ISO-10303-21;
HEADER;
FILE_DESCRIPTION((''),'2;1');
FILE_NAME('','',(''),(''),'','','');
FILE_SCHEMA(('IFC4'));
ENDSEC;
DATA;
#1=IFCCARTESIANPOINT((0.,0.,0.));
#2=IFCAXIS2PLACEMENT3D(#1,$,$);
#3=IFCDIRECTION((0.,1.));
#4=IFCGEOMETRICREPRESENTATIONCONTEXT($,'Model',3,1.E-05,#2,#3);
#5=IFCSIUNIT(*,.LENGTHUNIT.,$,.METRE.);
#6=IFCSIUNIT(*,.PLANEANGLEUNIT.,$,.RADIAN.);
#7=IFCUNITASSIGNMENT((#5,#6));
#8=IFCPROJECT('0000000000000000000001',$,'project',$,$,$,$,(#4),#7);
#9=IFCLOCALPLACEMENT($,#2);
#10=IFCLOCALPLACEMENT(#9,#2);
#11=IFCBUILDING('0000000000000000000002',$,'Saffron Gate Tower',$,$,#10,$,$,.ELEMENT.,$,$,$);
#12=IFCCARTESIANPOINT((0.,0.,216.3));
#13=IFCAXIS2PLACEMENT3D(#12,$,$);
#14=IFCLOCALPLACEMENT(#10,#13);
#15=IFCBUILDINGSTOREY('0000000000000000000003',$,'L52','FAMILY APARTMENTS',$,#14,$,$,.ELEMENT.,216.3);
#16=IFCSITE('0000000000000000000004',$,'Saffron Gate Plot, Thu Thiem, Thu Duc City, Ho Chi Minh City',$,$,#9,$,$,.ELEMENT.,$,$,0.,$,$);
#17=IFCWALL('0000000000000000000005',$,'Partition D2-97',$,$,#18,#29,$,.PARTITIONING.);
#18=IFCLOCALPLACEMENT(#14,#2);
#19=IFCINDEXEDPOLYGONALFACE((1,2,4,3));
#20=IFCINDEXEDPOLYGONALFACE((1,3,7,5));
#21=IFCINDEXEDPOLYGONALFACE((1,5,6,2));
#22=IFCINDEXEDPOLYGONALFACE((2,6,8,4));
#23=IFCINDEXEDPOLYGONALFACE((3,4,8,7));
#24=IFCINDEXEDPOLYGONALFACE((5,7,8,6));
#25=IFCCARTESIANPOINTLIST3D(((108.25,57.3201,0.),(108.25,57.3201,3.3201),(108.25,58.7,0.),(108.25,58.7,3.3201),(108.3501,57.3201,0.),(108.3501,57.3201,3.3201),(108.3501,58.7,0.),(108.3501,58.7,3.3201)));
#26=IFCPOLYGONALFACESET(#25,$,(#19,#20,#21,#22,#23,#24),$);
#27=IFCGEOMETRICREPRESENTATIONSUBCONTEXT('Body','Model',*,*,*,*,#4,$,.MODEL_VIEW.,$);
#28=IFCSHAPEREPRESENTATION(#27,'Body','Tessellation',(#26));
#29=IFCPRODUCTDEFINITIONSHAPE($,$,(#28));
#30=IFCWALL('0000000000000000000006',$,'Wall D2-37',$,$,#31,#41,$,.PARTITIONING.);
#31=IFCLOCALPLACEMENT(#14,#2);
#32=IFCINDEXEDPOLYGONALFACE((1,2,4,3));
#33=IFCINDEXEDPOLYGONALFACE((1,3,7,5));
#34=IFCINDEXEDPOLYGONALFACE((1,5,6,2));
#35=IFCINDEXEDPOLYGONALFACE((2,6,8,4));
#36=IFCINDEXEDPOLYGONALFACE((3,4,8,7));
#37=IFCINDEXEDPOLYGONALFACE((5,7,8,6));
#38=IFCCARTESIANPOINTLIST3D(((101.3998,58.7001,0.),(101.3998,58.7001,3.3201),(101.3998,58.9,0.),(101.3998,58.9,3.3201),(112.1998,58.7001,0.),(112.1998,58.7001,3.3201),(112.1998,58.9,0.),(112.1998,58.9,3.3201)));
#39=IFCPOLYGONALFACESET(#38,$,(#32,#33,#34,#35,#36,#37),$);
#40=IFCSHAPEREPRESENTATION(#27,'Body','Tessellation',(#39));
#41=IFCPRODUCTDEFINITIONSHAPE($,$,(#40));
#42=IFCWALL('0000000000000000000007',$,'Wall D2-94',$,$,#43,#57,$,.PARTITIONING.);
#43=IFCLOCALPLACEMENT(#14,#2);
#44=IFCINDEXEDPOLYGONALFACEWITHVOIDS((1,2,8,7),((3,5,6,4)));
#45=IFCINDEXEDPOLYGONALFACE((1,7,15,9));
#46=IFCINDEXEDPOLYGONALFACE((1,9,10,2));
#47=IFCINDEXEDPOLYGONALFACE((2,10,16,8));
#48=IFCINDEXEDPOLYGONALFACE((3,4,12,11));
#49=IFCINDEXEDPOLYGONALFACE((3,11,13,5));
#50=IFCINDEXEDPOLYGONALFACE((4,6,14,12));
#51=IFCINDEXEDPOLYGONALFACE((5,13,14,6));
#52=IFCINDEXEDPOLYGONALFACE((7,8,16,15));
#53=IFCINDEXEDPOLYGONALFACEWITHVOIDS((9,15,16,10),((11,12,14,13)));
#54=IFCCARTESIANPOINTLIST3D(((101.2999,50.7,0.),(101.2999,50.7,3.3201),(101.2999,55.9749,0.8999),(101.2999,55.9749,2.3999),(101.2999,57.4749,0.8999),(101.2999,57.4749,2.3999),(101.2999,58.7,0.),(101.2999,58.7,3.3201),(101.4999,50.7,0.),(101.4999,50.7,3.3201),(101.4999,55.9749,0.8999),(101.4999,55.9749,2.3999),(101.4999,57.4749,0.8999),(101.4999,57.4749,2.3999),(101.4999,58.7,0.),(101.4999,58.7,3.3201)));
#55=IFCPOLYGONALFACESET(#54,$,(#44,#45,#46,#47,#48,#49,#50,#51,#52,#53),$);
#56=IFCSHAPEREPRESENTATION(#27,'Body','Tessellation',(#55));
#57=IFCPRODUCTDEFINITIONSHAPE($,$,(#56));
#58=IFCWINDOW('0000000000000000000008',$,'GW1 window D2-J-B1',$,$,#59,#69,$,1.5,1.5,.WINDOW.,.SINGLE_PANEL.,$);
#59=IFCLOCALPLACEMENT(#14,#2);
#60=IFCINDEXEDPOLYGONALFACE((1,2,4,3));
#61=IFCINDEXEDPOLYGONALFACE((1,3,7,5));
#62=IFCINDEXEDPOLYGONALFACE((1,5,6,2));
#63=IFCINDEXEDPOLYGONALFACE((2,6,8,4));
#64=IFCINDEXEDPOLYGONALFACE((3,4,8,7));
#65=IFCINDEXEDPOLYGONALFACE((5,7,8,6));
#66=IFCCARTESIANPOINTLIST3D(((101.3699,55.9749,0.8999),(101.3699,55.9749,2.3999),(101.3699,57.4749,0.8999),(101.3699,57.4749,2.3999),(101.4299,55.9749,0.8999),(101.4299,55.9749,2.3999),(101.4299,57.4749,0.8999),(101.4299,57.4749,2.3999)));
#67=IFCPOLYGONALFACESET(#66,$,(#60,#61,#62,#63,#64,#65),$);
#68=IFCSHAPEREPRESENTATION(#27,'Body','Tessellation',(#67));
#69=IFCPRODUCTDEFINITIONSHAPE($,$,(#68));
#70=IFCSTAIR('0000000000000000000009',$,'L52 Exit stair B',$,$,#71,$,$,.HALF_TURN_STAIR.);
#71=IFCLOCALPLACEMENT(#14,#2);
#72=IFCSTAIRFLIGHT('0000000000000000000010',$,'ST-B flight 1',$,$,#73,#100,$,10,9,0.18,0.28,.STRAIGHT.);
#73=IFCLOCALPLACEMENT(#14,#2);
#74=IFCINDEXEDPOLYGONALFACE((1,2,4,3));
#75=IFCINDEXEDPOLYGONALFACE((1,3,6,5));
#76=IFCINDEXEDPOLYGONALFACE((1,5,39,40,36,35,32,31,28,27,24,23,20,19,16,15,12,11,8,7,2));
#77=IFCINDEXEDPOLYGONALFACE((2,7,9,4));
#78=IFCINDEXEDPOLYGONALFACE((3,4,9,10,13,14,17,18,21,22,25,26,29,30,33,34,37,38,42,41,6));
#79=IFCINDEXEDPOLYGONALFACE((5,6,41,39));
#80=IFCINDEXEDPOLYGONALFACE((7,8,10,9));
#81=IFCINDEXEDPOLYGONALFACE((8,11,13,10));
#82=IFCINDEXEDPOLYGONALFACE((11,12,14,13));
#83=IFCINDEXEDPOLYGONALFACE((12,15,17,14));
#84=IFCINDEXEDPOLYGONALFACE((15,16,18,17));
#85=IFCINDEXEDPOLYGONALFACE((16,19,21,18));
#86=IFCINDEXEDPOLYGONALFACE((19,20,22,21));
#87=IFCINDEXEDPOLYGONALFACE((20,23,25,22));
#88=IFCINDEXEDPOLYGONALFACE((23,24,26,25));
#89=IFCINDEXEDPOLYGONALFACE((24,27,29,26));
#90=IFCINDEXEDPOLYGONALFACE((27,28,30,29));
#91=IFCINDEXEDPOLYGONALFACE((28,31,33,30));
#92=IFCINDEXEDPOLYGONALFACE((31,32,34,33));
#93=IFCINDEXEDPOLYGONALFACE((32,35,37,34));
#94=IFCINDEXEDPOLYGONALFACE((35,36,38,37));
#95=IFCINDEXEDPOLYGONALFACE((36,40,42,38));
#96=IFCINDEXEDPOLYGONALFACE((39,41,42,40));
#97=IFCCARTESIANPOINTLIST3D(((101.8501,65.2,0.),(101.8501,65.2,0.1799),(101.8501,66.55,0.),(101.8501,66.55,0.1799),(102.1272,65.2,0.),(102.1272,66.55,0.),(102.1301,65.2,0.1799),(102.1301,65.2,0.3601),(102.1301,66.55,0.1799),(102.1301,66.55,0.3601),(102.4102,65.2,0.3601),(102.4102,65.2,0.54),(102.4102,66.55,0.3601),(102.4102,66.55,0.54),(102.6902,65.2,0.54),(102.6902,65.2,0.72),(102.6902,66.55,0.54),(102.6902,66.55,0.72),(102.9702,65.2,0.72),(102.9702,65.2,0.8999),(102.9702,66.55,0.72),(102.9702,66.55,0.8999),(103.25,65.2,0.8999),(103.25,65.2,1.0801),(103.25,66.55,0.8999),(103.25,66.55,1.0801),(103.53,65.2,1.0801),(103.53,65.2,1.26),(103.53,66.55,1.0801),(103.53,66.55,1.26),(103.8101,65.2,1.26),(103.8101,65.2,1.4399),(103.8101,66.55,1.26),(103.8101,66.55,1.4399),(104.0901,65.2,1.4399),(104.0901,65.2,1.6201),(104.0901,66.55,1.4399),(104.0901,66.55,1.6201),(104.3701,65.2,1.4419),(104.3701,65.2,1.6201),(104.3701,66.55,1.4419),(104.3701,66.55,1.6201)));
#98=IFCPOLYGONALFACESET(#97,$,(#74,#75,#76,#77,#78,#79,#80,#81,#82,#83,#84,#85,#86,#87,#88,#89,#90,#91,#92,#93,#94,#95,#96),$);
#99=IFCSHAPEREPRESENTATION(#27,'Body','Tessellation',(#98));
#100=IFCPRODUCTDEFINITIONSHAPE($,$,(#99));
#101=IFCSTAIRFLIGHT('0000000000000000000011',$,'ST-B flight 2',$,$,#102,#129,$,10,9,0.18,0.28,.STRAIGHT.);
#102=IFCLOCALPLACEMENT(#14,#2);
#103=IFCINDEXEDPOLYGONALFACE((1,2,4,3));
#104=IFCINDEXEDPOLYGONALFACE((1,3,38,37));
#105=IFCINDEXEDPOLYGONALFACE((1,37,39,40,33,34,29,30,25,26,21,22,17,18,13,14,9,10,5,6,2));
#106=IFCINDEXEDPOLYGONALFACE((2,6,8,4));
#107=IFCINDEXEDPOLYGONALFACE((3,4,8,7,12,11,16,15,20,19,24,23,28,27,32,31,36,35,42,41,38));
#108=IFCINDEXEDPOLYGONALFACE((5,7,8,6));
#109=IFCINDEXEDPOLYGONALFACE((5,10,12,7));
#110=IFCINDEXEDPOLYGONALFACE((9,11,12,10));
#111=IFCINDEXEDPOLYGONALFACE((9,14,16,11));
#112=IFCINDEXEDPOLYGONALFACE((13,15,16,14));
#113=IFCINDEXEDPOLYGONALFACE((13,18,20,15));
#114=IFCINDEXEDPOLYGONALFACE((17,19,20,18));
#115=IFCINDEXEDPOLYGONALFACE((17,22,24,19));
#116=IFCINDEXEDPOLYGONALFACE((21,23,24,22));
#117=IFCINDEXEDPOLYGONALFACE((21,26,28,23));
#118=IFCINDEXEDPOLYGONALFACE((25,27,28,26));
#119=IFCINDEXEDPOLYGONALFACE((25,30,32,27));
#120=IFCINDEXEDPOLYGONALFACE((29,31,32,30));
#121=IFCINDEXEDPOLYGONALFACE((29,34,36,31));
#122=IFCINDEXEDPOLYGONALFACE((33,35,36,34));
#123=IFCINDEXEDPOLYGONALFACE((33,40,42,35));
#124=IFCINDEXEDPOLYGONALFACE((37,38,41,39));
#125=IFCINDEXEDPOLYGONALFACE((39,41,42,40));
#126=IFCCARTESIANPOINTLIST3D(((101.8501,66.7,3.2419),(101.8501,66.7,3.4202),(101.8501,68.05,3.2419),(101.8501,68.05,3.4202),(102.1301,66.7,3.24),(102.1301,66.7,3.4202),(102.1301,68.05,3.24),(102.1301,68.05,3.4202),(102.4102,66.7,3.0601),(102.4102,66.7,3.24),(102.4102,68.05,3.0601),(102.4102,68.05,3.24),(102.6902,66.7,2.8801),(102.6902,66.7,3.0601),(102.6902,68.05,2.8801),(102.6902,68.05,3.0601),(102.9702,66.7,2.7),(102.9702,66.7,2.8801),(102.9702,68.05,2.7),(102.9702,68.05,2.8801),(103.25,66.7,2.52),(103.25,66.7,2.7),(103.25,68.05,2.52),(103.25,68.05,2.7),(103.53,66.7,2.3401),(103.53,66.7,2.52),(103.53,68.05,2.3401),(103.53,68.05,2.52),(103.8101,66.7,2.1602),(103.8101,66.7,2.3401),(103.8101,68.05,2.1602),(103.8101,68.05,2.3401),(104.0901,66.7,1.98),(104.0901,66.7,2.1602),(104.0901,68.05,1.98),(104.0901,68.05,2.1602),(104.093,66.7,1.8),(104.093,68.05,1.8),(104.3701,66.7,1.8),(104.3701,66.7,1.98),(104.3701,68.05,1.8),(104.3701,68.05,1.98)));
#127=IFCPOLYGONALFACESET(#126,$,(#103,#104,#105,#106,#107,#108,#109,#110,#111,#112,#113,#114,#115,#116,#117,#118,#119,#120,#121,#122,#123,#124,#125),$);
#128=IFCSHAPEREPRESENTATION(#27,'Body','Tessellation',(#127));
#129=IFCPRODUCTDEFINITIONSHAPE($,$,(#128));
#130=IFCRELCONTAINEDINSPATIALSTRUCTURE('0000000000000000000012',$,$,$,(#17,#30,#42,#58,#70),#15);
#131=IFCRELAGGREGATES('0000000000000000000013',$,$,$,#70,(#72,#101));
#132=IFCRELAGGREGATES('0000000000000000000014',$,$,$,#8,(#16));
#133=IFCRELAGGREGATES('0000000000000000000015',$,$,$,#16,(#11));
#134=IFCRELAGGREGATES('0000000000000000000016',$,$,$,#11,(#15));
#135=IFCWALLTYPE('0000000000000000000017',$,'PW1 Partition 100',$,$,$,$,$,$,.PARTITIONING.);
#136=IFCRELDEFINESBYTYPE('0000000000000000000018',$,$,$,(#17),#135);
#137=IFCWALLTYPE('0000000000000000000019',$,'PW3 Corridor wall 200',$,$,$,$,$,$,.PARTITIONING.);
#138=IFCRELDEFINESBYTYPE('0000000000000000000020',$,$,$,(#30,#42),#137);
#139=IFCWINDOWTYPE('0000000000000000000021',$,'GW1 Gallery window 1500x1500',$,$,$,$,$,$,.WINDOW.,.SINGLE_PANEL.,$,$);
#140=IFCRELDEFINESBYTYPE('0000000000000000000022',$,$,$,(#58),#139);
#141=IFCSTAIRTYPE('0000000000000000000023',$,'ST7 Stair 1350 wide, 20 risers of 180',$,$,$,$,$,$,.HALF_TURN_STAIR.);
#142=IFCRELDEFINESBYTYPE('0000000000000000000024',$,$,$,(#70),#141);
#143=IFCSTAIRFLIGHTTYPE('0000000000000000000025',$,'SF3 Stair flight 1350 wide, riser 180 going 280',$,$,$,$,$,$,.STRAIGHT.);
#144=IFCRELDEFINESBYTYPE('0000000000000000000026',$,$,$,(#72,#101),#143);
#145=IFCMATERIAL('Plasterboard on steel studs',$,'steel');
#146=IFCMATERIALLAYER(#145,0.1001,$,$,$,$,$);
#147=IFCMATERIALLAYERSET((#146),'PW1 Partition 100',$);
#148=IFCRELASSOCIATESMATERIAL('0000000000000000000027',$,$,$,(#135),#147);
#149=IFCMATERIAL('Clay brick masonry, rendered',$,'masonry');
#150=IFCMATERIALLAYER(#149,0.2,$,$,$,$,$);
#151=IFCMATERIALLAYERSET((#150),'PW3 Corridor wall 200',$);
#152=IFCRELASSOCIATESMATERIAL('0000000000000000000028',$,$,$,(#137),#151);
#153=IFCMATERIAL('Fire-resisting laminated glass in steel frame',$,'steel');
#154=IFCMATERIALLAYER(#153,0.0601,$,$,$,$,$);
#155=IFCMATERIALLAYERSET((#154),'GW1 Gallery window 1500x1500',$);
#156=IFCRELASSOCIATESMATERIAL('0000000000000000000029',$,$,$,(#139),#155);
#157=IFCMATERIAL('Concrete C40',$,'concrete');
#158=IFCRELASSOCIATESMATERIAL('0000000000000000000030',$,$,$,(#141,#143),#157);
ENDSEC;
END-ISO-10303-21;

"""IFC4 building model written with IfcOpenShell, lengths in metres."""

from ifc_helpers import new_model, si_unit, direction, frame, frame_2d, origin, place, context, subcontext, project, spatial, polyline, rectangle, outline, extrude, material, layer, layer_set, type_object, element, fill, aggregate, save


model = new_model("IFC4")

# Units and contexts
model_context = context("Model", 3, precision=1e-05, world=origin(), true_north=direction((0.0, 1.0)))
body_context = subcontext(model_context, "Body", "Model", "MODEL_VIEW")
ifc_project = project(units=[si_unit("LENGTHUNIT", "METRE"), si_unit("PLANEANGLEUNIT", "RADIAN")], contexts=[model_context])

# Site, building, storey
site_placement = place(None, origin())
site = spatial("IfcSite", under=ifc_project, at=site_placement, Name="Saffron Gate Plot, Thu Thiem, Thu Duc City, Ho Chi Minh City", CompositionType="ELEMENT", RefElevation=0.0)
building_placement = place(site_placement, origin())
building = spatial("IfcBuilding", under=site, at=building_placement, Name="Saffron Gate Tower", CompositionType="ELEMENT")
storey_placement = place(building_placement, frame((0.0, 0.0, 216.3)))
storey = spatial("IfcBuildingStorey", under=building, at=storey_placement, Name="L52", Description="FAMILY APARTMENTS", CompositionType="ELEMENT", Elevation=216.3)

# Shared definitions
ifc_material_1 = material(Name="Plasterboard on steel studs", Category="steel")
ifc_layer_1 = layer(ifc_material_1, 0.1001)
ifc_layer_set_1 = layer_set([ifc_layer_1], Name="PW1 Partition 100")
wall_type_1 = type_object("IfcWallType", Name="PW1 Partition 100", PredefinedType="PARTITIONING", material=ifc_layer_set_1)

# Walls
wall_1_placement = place(storey_placement, frame((108.3, 58.7, 0.0), z_axis=(0.0, 0.0, 1.0), x_axis=(0.0, -1.0, 0.0)))
element("IfcWall", 1, at=wall_1_placement, inside=storey, type_object=wall_type_1, Name="Partition D2-97", PredefinedType="PARTITIONING", context=body_context, shape_type="SweptSolid", body=[
    extrude(rectangle(XDim=1.3799, YDim=0.1001, at=frame_2d((0.6899, 0.0))), origin(), (0.0, 0.0, 1.0), 3.3201),
])
ifc_material_2 = material(Name="Clay brick masonry, rendered", Category="masonry")
ifc_layer_2 = layer(ifc_material_2, 0.2)
ifc_layer_set_2 = layer_set([ifc_layer_2], Name="PW3 Corridor wall 200")
wall_type_2 = type_object("IfcWallType", Name="PW3 Corridor wall 200", PredefinedType="PARTITIONING", material=ifc_layer_set_2)
wall_2_placement = place(storey_placement, frame((101.3999, 58.8, 0.0), z_axis=(0.0, 0.0, 1.0), x_axis=(1.0, 0.0, 0.0)))
element("IfcWall", 2, at=wall_2_placement, inside=storey, type_object=wall_type_2, Name="Wall D2-37", PredefinedType="PARTITIONING", context=body_context, shape_type="SweptSolid", body=[
    extrude(rectangle(XDim=10.8, YDim=0.2, at=frame_2d((5.3999, 0.0))), origin(), (0.0, 0.0, 1.0), 3.3201),
])

# Wall, opening, window
wall_3_placement = place(storey_placement, frame((101.3999, 58.7, 0.0), z_axis=(0.0, 0.0, 1.0), x_axis=(0.0, -1.0, 0.0)))
wall_3 = element("IfcWall", 3, at=wall_3_placement, inside=storey, type_object=wall_type_2, Name="Wall D2-94", PredefinedType="PARTITIONING", context=body_context, shape_type="SweptSolid", body=[
    extrude(rectangle(XDim=8.0, YDim=0.2, at=frame_2d((4.0, 0.0))), origin(), (0.0, 0.0, 1.0), 3.3201),
])
opening_1_placement = place(wall_3_placement, frame((1.2251, 0.0, 0.8999)))
opening_1 = element("IfcOpeningElement", 4, at=opening_1_placement, cuts=wall_3, PredefinedType="OPENING", context=body_context, shape_type="SweptSolid", body=[
    extrude(rectangle(XDim=1.5, YDim=1.5, at=frame_2d((0.75, 0.75))), frame((0.0, 0.1099, 0.0), z_axis=(0.0, -1.0, 0.0), x_axis=(1.0, 0.0, 0.0)), (0.0, 0.0, 1.0), 0.22),
])
ifc_material_3 = material(Name="Fire-resisting laminated glass in steel frame", Category="steel")
ifc_layer_3 = layer(ifc_material_3, 0.0601)
ifc_layer_set_3 = layer_set([ifc_layer_3], Name="GW1 Gallery window 1500x1500")
window_type = type_object("IfcWindowType", Name="GW1 Gallery window 1500x1500", PartitioningType="SINGLE_PANEL", PredefinedType="WINDOW", material=ifc_layer_set_3)
window_placement = place(opening_1_placement, origin())
window = element("IfcWindow", 5, at=window_placement, inside=storey, type_object=window_type, Name="GW1 window D2-J-B1", OverallHeight=1.5, OverallWidth=1.5, PartitioningType="SINGLE_PANEL", PredefinedType="WINDOW", context=body_context, shape_type="SweptSolid", body=[
    extrude(rectangle(XDim=1.5, YDim=1.5, at=frame_2d((0.75, 0.75))), frame((0.0, 0.03, 0.0), z_axis=(0.0, -1.0, 0.0), x_axis=(1.0, 0.0, 0.0)), (0.0, 0.0, 1.0), 0.0601),
])
fill(opening_1, window)

# Stair, stair flights
ifc_material_4 = material(Name="Concrete C40", Category="concrete")
stair_type = type_object("IfcStairType", Name="ST7 Stair 1350 wide, 20 risers of 180", PredefinedType="HALF_TURN_STAIR", material=ifc_material_4)
stair_placement = place(storey_placement, origin())
stair = element("IfcStair", 6, at=stair_placement, inside=storey, type_object=stair_type, Name="L52 Exit stair B", PredefinedType="HALF_TURN_STAIR")
stair_flight_type = type_object("IfcStairFlightType", Name="SF3 Stair flight 1350 wide, riser 180 going 280", PredefinedType="STRAIGHT", material=ifc_material_4)
stair_flight_1_placement = place(storey_placement, frame((101.8501, 65.875, 0.0), z_axis=(0.0, 0.0, 1.0), x_axis=(1.0, 0.0, 0.0)))
stair_flight_1 = element("IfcStairFlight", 7, at=stair_flight_1_placement, type_object=stair_flight_type, Name="ST-B flight 1", NumberOfRisers=10, NumberOfTreads=9, PredefinedType="STRAIGHT", RiserHeight=0.18, TreadLength=0.28, context=body_context, shape_type="SweptSolid", body=[
    extrude(outline(polyline([(0.0, 0.0), (0.0, 0.1799), (0.28, 0.1799), (0.28, 0.3601), (0.5601, 0.3601), (0.5601, 0.54), (0.8401, 0.54), (0.8401, 0.72), (1.1201, 0.72), (1.1201, 0.8999), (1.3999, 0.8999), (1.3999, 1.0801), (1.6799, 1.0801), (1.6799, 1.26), (1.96, 1.26), (1.96, 1.4399), (2.24, 1.4399), (2.24, 1.6201), (2.52, 1.6201), (2.52, 1.8), (2.52, 1.4419), (0.2771, 0.0), (0.0, 0.0)])), frame((0.0, 0.675, 0.0), z_axis=(0.0, -1.0, 0.0), x_axis=(1.0, 0.0, 0.0)), (0.0, 0.0, 1.0), 1.3501),
])
stair_flight_2_placement = place(storey_placement, frame((104.3701, 67.375, 1.8), z_axis=(0.0, 0.0, 1.0), x_axis=(-1.0, 0.0, 0.0)))
stair_flight_2 = element("IfcStairFlight", 8, at=stair_flight_2_placement, type_object=stair_flight_type, Name="ST-B flight 2", NumberOfRisers=10, NumberOfTreads=9, PredefinedType="STRAIGHT", RiserHeight=0.18, TreadLength=0.28, context=body_context, shape_type="SweptSolid", body=[
    extrude(outline(polyline([(0.0, 0.0), (0.0, 0.1799), (0.28, 0.1799), (0.28, 0.3601), (0.5601, 0.3601), (0.5601, 0.54), (0.8401, 0.54), (0.8401, 0.72), (1.1201, 0.72), (1.1201, 0.8999), (1.3999, 0.8999), (1.3999, 1.0801), (1.6799, 1.0801), (1.6799, 1.26), (1.96, 1.26), (1.96, 1.4399), (2.24, 1.4399), (2.24, 1.6201), (2.52, 1.6201), (2.52, 1.8), (2.52, 1.4419), (0.2771, 0.0), (0.0, 0.0)])), frame((0.0, 0.675, 0.0), z_axis=(0.0, -1.0, 0.0), x_axis=(1.0, 0.0, 0.0)), (0.0, 0.0, 1.0), 1.3501),
])
aggregate(stair, [stair_flight_1, stair_flight_2])

save(model, "model.ifc")
